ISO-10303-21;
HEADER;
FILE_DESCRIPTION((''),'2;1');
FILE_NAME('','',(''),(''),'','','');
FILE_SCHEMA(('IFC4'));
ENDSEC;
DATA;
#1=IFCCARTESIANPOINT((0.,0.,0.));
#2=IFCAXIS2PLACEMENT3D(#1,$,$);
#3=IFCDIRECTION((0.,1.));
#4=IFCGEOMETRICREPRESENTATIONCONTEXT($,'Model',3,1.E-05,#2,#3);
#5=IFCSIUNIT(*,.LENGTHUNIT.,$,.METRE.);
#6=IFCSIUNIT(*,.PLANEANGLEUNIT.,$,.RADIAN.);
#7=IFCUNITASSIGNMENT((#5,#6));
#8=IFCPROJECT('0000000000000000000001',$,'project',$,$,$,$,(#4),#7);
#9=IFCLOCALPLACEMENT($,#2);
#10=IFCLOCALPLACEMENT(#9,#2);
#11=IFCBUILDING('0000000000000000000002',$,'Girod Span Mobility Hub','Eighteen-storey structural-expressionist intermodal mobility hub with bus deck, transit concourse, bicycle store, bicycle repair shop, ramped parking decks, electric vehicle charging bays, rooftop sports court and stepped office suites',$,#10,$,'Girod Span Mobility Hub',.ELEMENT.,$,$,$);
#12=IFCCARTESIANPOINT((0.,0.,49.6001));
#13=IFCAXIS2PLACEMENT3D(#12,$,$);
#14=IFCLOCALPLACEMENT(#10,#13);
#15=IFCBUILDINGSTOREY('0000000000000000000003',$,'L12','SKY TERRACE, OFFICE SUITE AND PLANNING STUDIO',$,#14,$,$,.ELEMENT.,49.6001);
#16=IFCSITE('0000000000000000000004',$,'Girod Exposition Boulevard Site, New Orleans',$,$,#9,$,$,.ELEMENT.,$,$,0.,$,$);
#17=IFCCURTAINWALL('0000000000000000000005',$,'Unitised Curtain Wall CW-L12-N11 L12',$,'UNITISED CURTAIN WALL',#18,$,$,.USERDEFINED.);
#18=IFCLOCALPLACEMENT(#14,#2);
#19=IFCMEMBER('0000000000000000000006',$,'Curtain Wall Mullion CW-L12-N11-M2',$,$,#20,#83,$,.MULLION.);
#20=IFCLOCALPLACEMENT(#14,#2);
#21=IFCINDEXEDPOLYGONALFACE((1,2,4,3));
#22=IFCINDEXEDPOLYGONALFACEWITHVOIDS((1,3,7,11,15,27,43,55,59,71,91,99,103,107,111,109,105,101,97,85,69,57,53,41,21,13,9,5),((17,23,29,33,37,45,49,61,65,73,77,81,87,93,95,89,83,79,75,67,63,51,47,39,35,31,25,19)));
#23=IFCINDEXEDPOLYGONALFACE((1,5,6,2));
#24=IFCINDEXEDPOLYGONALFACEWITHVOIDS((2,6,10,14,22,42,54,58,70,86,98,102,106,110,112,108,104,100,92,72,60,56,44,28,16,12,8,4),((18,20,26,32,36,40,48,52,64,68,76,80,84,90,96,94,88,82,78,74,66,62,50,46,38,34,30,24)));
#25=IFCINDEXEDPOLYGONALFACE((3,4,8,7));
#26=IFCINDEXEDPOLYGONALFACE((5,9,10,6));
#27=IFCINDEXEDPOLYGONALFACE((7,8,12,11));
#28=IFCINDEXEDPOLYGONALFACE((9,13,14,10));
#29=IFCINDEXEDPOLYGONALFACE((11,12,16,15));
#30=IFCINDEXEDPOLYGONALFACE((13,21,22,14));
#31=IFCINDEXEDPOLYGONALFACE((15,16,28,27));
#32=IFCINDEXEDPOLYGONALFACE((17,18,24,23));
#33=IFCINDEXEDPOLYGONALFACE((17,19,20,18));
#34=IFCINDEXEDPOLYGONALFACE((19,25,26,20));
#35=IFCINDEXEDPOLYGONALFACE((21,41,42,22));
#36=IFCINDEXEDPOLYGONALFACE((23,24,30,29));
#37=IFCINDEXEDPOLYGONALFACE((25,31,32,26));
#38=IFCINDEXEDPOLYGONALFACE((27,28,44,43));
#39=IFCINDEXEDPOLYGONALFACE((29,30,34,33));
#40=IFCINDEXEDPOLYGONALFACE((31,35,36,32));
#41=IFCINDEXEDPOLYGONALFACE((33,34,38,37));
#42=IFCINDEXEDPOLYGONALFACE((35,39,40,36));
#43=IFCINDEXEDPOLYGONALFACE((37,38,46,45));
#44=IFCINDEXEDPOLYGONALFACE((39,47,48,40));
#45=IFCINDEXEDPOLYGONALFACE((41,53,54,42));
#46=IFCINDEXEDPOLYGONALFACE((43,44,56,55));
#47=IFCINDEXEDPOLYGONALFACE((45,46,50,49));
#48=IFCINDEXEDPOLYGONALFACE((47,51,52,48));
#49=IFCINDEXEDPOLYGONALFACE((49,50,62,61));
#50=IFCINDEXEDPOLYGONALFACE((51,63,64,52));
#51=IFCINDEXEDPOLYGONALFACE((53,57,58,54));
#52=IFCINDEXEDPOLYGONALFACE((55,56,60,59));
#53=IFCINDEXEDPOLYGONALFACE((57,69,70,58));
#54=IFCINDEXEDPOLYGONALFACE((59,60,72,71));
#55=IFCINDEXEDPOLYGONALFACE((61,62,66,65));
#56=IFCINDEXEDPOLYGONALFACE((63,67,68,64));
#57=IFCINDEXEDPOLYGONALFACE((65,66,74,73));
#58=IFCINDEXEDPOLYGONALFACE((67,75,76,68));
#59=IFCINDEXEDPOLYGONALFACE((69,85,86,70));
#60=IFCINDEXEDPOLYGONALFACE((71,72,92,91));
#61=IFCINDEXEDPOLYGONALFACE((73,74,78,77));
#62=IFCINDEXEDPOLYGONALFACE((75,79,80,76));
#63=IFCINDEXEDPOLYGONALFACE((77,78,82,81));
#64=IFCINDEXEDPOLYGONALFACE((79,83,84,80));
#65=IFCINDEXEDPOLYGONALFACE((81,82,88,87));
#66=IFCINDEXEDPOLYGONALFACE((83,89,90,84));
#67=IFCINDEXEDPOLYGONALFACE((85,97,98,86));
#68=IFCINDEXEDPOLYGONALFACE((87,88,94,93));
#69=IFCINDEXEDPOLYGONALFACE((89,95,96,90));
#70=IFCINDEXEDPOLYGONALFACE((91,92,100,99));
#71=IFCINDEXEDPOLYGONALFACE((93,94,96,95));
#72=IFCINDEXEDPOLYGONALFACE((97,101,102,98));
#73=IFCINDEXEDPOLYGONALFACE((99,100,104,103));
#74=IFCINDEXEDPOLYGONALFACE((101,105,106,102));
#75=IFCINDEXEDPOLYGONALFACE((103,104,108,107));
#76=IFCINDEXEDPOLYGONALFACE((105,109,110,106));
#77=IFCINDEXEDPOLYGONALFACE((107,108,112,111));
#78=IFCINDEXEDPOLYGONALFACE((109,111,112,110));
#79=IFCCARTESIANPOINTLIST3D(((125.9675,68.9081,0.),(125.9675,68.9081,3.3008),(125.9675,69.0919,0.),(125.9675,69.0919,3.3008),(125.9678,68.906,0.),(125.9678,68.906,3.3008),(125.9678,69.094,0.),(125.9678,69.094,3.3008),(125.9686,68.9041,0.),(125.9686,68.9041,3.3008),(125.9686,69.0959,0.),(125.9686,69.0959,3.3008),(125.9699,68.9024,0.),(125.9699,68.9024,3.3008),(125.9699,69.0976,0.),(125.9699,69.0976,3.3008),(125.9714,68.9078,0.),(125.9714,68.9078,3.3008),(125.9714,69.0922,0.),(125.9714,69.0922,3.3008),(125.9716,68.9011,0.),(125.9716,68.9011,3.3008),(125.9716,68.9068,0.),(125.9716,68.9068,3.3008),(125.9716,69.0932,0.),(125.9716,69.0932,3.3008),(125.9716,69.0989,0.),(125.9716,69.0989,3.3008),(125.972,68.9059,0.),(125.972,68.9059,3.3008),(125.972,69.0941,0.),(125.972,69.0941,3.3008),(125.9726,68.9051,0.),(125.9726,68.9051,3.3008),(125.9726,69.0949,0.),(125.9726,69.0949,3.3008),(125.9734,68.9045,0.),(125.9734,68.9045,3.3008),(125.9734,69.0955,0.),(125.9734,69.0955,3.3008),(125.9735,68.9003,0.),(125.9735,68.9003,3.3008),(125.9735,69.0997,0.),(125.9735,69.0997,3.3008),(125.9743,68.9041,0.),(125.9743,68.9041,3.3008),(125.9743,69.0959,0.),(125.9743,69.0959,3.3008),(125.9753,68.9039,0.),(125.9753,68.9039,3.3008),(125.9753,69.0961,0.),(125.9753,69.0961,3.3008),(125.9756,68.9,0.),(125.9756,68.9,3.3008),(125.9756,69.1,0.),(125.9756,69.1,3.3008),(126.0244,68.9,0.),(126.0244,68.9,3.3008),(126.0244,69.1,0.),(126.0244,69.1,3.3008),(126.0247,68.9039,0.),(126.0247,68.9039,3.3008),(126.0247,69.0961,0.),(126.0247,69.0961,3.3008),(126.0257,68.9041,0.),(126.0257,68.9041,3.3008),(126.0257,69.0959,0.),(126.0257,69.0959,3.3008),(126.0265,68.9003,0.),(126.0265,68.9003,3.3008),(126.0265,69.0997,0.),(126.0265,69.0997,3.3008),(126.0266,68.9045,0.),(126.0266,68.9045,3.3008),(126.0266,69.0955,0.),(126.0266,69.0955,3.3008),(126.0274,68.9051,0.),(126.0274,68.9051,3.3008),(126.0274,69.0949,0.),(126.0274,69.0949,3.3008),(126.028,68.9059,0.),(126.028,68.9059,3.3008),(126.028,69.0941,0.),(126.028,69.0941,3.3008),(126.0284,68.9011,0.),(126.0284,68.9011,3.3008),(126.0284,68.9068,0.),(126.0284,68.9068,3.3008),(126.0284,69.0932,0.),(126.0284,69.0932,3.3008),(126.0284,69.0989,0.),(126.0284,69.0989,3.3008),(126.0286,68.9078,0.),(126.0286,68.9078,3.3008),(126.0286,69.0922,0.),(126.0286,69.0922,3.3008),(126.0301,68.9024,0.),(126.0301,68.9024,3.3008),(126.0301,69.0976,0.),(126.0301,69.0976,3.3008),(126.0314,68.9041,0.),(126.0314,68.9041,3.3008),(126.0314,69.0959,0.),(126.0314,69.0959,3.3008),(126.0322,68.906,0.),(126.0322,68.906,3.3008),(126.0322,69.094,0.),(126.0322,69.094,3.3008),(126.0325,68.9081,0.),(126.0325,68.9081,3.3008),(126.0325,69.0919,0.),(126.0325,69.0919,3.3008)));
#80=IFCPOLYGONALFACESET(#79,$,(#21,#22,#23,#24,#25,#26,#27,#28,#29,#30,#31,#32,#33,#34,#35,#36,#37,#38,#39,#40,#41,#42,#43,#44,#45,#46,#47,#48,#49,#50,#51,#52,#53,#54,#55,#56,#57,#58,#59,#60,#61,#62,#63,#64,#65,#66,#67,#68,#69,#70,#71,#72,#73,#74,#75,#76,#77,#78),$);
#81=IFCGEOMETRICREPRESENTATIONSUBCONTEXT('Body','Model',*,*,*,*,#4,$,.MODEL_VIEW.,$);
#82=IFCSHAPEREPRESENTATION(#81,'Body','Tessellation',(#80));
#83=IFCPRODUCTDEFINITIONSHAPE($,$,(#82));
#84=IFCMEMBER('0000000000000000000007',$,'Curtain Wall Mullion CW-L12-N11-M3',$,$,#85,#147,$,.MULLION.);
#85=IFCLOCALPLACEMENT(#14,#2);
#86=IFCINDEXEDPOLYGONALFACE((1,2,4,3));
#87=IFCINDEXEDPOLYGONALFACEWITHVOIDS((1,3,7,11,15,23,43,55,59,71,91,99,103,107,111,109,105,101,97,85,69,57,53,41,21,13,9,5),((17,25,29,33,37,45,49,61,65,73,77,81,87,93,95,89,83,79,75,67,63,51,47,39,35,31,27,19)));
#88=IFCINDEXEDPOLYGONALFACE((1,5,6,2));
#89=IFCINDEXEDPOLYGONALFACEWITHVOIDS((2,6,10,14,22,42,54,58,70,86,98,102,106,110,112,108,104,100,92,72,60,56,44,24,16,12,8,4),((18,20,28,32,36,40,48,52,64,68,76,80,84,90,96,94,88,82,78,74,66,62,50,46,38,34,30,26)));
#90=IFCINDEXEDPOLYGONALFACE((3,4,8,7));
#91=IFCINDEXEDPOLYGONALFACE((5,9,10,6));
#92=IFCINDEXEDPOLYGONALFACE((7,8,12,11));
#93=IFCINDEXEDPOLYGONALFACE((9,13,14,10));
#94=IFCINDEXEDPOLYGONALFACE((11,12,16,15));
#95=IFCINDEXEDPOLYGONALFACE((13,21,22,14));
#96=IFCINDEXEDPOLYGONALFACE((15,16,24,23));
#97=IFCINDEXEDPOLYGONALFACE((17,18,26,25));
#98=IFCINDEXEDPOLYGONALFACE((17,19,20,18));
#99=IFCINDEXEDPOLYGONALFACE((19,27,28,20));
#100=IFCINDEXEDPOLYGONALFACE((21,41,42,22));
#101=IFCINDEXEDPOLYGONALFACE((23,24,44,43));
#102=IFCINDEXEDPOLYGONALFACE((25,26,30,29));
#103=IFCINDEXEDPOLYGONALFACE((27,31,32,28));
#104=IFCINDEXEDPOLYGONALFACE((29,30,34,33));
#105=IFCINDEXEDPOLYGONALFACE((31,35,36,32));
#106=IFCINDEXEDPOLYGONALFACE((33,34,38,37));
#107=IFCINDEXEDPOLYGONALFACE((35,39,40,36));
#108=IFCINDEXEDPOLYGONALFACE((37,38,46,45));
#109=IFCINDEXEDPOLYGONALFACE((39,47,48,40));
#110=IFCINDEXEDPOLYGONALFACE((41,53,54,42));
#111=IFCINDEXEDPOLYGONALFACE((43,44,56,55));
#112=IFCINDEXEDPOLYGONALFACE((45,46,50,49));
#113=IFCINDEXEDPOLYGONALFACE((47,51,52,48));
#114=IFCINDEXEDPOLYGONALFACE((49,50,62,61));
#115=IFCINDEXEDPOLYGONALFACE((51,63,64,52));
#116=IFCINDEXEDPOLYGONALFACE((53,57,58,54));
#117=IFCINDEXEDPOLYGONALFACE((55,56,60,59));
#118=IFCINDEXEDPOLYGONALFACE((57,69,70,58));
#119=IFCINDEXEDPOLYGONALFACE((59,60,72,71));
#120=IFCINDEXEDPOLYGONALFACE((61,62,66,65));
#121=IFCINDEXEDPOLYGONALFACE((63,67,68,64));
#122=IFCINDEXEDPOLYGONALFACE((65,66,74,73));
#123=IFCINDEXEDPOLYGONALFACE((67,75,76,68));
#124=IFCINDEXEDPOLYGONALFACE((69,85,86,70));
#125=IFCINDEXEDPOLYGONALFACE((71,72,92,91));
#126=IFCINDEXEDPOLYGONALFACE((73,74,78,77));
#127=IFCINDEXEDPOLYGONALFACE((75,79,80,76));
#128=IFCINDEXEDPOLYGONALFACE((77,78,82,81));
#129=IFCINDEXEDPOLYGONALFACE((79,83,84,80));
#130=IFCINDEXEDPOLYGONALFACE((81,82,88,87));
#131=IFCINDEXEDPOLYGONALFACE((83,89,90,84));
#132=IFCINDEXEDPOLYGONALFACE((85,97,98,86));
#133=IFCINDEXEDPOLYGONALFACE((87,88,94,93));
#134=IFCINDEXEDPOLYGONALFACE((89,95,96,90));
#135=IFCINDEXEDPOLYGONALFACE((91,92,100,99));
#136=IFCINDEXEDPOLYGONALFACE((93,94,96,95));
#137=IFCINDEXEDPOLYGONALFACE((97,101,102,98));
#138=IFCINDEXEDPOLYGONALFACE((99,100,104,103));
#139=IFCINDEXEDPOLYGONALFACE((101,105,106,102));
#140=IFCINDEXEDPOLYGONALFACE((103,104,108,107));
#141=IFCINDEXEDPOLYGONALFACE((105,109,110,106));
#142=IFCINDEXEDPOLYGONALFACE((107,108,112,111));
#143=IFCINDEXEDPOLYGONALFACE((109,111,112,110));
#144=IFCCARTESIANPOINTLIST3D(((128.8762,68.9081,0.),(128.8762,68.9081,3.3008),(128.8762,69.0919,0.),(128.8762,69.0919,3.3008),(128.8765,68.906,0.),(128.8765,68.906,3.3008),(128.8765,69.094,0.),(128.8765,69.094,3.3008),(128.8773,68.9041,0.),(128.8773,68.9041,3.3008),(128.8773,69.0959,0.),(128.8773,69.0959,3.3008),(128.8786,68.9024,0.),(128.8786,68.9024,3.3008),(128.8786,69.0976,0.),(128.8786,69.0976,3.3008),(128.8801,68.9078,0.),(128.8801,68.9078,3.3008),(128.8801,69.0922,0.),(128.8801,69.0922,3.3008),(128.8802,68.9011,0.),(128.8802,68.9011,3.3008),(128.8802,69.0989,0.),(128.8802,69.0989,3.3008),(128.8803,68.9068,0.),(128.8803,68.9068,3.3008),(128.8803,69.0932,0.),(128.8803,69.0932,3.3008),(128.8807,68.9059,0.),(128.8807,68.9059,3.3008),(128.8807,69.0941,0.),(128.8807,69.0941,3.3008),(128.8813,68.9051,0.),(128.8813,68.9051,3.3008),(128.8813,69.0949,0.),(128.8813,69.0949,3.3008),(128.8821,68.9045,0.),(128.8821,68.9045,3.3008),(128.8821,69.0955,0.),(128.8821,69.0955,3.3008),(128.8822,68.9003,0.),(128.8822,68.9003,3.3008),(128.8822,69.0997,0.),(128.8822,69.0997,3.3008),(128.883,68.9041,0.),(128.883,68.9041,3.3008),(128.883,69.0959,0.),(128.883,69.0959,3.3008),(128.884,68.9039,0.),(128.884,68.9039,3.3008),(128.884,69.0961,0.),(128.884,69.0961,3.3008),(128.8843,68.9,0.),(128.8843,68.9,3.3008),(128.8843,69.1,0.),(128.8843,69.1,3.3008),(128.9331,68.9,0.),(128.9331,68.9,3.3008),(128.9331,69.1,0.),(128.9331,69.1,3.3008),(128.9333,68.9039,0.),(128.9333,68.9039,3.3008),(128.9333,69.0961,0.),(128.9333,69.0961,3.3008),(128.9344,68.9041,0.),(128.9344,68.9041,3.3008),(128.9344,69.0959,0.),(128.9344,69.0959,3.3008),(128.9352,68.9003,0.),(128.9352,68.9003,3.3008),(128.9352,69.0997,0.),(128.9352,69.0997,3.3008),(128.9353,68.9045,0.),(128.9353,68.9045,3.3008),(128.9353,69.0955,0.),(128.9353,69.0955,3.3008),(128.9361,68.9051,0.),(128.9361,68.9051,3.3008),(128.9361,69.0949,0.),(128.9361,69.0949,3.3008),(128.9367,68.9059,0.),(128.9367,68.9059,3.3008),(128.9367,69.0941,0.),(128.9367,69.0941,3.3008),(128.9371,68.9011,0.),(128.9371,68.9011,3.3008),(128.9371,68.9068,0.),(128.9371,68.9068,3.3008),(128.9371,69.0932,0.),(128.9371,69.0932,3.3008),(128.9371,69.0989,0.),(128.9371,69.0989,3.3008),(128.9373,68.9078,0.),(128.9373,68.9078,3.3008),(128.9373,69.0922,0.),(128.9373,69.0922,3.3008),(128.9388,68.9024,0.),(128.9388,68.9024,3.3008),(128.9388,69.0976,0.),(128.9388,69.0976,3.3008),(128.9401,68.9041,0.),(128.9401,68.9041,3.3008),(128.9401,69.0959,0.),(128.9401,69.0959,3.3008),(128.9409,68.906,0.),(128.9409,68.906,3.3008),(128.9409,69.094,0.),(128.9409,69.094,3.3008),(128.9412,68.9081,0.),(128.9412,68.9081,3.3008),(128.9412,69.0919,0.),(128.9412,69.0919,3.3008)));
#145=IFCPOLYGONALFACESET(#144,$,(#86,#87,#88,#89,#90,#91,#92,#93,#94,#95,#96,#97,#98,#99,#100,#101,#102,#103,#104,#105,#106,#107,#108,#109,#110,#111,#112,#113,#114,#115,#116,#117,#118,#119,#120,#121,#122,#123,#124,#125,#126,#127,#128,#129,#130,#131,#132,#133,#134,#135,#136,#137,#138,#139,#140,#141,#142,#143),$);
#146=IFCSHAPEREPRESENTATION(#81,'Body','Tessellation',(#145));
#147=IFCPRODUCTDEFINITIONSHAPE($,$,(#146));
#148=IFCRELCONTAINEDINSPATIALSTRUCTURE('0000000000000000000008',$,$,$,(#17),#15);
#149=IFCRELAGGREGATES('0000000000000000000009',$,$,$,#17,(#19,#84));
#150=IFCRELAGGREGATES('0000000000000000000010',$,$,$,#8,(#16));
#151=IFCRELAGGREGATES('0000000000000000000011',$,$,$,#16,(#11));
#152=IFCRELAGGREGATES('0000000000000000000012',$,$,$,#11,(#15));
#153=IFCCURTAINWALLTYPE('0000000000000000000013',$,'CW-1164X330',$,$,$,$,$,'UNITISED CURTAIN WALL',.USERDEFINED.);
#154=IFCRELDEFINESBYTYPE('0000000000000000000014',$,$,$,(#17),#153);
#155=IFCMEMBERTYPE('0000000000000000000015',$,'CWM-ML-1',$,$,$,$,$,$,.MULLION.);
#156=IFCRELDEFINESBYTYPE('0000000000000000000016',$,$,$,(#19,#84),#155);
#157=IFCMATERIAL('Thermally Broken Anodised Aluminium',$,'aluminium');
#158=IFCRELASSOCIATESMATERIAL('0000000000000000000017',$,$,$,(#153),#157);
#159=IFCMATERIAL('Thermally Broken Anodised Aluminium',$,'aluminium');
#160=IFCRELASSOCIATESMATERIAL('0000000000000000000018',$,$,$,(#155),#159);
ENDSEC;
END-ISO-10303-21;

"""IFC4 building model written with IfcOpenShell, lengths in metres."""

from ifc_helpers import new_model, si_unit, direction, frame, origin, origin_2d, place, context, subcontext, project, spatial, hollow_rectangle, extrude, material, material_profile, profile_set, type_object, element, aggregate, save


model = new_model("IFC4")

# Units and contexts
model_context = context("Model", 3, precision=1e-05, world=origin(), true_north=direction((0.0, 1.0)))
body_context = subcontext(model_context, "Body", "Model", "MODEL_VIEW")
ifc_project = project(units=[si_unit("LENGTHUNIT", "METRE"), si_unit("PLANEANGLEUNIT", "RADIAN")], contexts=[model_context])

# Site, building, storey
site_placement = place(None, origin())
site = spatial("IfcSite", under=ifc_project, at=site_placement, Name="Girod Exposition Boulevard Site, New Orleans", CompositionType="ELEMENT", RefElevation=0.0)
building_placement = place(site_placement, origin())
building = spatial("IfcBuilding", under=site, at=building_placement, Name="Girod Span Mobility Hub", Description="Eighteen-storey structural-expressionist intermodal mobility hub with bus deck, transit concourse, bicycle store, bicycle repair shop, ramped parking decks, electric vehicle charging bays, rooftop sports court and stepped office suites", LongName="Girod Span Mobility Hub", CompositionType="ELEMENT")
storey_placement = place(building_placement, frame((0.0, 0.0, 49.6001)))
storey = spatial("IfcBuildingStorey", under=building, at=storey_placement, Name="L12", Description="SKY TERRACE, OFFICE SUITE AND PLANNING STUDIO", CompositionType="ELEMENT", Elevation=49.6001)

# Curtain wall, members
ifc_material_1 = material(Name="Thermally Broken Anodised Aluminium", Category="aluminium")
curtain_wall_type = type_object("IfcCurtainWallType", Name="CW-1164X330", ElementType="UNITISED CURTAIN WALL", PredefinedType="USERDEFINED", material=ifc_material_1)
curtain_wall_placement = place(storey_placement, origin())
curtain_wall = element("IfcCurtainWall", 1, at=curtain_wall_placement, inside=storey, type_object=curtain_wall_type, Name="Unitised Curtain Wall CW-L12-N11 L12", ObjectType="UNITISED CURTAIN WALL", PredefinedType="USERDEFINED")
ifc_material_2 = material(Name="Thermally Broken Anodised Aluminium", Category="aluminium")
ifc_material_profile_1 = material_profile(ifc_material_2, hollow_rectangle(XDim=0.2, YDim=0.0649, WallThickness=0.0039, InnerFilletRadius=0.0039, OuterFilletRadius=0.0081, at=origin_2d()), Name="CW-ML-65X200")
ifc_profile_set_1 = profile_set([ifc_material_profile_1], Name="Thermally Broken Anodised Aluminium")
member_type_1 = type_object("IfcMemberType", Name="CWM-ML-1", PredefinedType="MULLION", material=ifc_profile_set_1)
member_1_placement = place(storey_placement, frame((126.0, 69.0, 0.0), z_axis=(0.0, 0.0, 1.0), x_axis=(0.0, 1.0, 0.0)))
member_1 = element("IfcMember", 2, at=member_1_placement, type_object=member_type_1, Name="Curtain Wall Mullion CW-L12-N11-M2", PredefinedType="MULLION", context=body_context, shape_type="SweptSolid", body=[
    extrude(hollow_rectangle(XDim=0.2, YDim=0.0649, WallThickness=0.0039, InnerFilletRadius=0.0039, OuterFilletRadius=0.0081, at=origin_2d()), origin(), (0.0, 0.0, 1.0), 3.3008),
])
member_2_placement = place(storey_placement, frame((128.9087, 69.0, 0.0), z_axis=(0.0, 0.0, 1.0), x_axis=(0.0, 1.0, 0.0)))
member_2 = element("IfcMember", 3, at=member_2_placement, type_object=member_type_1, Name="Curtain Wall Mullion CW-L12-N11-M3", PredefinedType="MULLION", context=body_context, shape_type="SweptSolid", body=[
    extrude(hollow_rectangle(XDim=0.2, YDim=0.0649, WallThickness=0.0039, InnerFilletRadius=0.0039, OuterFilletRadius=0.0081, at=origin_2d()), origin(), (0.0, 0.0, 1.0), 3.3008),
])
aggregate(curtain_wall, [member_1, member_2])

save(model, "model.ifc")
